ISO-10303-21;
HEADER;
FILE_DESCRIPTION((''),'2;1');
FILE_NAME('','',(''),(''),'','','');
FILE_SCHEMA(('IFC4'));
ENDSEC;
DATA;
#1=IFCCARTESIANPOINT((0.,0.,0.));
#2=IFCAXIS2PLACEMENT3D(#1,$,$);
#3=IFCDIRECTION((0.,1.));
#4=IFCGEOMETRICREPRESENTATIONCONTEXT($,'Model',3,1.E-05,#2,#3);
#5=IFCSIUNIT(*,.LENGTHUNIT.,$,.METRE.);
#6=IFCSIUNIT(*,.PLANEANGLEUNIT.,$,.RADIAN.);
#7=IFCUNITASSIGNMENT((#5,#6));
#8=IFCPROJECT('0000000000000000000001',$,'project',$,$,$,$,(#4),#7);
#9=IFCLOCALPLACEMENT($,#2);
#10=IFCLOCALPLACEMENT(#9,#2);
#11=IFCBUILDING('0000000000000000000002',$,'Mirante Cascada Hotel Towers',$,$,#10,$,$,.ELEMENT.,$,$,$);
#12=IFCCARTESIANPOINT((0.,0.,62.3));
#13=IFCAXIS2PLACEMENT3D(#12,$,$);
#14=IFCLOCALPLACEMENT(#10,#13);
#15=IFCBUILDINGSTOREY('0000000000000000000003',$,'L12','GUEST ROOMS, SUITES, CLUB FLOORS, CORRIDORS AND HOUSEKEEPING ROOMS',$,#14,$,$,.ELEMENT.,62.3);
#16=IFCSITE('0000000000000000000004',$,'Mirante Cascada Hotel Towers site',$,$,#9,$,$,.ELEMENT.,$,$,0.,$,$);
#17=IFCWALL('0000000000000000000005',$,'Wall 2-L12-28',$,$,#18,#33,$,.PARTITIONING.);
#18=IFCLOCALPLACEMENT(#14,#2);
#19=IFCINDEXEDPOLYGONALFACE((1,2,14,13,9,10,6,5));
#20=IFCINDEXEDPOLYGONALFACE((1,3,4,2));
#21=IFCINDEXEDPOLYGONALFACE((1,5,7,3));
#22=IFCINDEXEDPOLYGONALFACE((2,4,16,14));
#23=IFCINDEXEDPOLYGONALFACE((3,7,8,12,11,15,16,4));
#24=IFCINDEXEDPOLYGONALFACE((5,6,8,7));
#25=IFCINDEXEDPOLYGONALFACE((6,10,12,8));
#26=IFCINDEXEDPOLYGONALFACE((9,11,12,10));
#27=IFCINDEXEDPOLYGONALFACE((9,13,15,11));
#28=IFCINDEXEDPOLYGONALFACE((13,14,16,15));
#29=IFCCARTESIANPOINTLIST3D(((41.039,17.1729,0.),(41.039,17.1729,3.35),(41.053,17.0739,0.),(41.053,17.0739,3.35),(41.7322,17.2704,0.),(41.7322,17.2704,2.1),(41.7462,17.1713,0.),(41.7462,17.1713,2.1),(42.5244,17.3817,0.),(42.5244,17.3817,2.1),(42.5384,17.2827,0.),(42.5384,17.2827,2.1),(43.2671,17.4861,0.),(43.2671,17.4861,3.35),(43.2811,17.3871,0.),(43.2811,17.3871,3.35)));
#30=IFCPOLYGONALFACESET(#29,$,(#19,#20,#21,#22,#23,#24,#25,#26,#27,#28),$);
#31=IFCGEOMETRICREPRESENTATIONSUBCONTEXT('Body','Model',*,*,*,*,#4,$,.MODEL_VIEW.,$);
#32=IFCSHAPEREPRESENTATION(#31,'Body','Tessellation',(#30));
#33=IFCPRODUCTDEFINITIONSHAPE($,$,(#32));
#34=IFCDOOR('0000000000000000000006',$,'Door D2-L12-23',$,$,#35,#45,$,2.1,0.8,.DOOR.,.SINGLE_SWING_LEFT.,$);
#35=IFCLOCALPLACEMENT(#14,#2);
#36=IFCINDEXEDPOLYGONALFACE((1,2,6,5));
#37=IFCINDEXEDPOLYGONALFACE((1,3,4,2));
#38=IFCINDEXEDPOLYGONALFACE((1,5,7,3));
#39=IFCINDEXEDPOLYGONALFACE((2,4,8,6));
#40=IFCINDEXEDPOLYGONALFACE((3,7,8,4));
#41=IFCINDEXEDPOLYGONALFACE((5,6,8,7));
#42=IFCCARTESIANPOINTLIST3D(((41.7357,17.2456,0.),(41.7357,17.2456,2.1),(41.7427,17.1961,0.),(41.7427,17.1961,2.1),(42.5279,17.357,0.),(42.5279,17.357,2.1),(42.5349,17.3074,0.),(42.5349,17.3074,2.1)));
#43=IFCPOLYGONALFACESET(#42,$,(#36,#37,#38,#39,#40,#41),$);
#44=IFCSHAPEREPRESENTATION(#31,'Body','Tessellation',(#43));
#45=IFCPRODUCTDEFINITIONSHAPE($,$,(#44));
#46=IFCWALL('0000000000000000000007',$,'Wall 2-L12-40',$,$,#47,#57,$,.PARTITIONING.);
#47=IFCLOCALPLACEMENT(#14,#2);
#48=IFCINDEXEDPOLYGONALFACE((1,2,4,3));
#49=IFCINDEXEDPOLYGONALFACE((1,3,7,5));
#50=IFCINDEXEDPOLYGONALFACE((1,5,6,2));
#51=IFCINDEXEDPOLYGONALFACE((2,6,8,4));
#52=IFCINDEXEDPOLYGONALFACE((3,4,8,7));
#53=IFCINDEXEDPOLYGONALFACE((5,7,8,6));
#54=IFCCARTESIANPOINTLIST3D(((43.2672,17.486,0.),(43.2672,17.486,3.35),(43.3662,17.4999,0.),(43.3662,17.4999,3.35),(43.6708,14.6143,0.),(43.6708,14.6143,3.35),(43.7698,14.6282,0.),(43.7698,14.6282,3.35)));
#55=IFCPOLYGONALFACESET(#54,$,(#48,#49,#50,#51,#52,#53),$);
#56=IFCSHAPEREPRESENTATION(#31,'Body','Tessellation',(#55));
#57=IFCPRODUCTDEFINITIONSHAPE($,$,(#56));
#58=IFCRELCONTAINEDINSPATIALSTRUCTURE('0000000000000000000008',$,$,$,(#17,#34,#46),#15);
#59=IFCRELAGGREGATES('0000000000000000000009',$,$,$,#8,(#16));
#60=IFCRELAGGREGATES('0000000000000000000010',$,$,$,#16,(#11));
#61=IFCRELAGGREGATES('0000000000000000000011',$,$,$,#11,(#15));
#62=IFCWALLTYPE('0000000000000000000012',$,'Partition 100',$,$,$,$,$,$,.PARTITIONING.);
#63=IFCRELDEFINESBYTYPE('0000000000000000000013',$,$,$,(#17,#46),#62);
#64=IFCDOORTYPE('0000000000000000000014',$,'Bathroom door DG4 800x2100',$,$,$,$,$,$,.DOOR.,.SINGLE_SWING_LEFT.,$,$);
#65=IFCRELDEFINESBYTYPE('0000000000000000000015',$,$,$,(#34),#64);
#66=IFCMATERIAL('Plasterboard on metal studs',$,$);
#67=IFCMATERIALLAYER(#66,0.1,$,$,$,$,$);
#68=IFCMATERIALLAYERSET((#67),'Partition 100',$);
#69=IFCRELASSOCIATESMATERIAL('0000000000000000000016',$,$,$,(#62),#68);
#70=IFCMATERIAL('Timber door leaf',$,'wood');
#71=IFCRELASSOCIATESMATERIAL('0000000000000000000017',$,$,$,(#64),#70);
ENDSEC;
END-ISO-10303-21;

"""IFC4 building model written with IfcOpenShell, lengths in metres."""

from ifc_helpers import new_model, si_unit, direction, frame, frame_2d, origin, place, context, subcontext, project, spatial, rectangle, extrude, material, layer, layer_set, type_object, element, fill, save


model = new_model("IFC4")

# Units and contexts
model_context = context("Model", 3, precision=1e-05, world=origin(), true_north=direction((0.0, 1.0)))
body_context = subcontext(model_context, "Body", "Model", "MODEL_VIEW")
ifc_project = project(units=[si_unit("LENGTHUNIT", "METRE"), si_unit("PLANEANGLEUNIT", "RADIAN")], contexts=[model_context])

# Site, building, storey
site_placement = place(None, origin())
site = spatial("IfcSite", under=ifc_project, at=site_placement, Name="Mirante Cascada Hotel Towers site", CompositionType="ELEMENT", RefElevation=0.0)
building_placement = place(site_placement, origin())
building = spatial("IfcBuilding", under=site, at=building_placement, Name="Mirante Cascada Hotel Towers", CompositionType="ELEMENT")
storey_placement = place(building_placement, frame((0.0, 0.0, 62.3)))
storey = spatial("IfcBuildingStorey", under=building, at=storey_placement, Name="L12", Description="GUEST ROOMS, SUITES, CLUB FLOORS, CORRIDORS AND HOUSEKEEPING ROOMS", CompositionType="ELEMENT", Elevation=62.3)

# Wall, opening, door
ifc_material_1 = material(Name="Plasterboard on metal studs")
ifc_layer_1 = layer(ifc_material_1, 0.1)
ifc_layer_set_1 = layer_set([ifc_layer_1], Name="Partition 100")
wall_type_1 = type_object("IfcWallType", Name="Partition 100", PredefinedType="PARTITIONING", material=ifc_layer_set_1)
wall_1_placement = place(storey_placement, frame((43.2741, 17.4366, 0.0), z_axis=(0.0, 0.0, 1.0), x_axis=(-0.990264, -0.1392, 0.0)))
wall_1 = element("IfcWall", 1, at=wall_1_placement, inside=storey, type_object=wall_type_1, Name="Wall 2-L12-28", PredefinedType="PARTITIONING", context=body_context, shape_type="SweptSolid", body=[
    extrude(rectangle(XDim=2.25, YDim=0.1, at=frame_2d((1.125, 0.0))), origin(), (0.0, 0.0, 1.0), 3.35),
])
opening_placement = place(wall_1_placement, frame((0.75, 0.0, 0.0)))
opening = element("IfcOpeningElement", 2, at=opening_placement, cuts=wall_1, PredefinedType="OPENING", context=body_context, shape_type="SweptSolid", body=[
    extrude(rectangle(XDim=0.8, YDim=2.1, at=frame_2d((0.4, 1.05))), frame((0.0, 0.05, 0.0), z_axis=(0.0, -1.0, 0.0), x_axis=(1.0, 0.0, 0.0)), (0.0, 0.0, 1.0), 0.1),
])
ifc_material_2 = material(Name="Timber door leaf", Category="wood")
door_type = type_object("IfcDoorType", Name="Bathroom door DG4 800x2100", OperationType="SINGLE_SWING_LEFT", PredefinedType="DOOR", material=ifc_material_2)
door_placement = place(opening_placement, origin())
door = element("IfcDoor", 3, at=door_placement, inside=storey, type_object=door_type, Name="Door D2-L12-23", OperationType="SINGLE_SWING_LEFT", OverallHeight=2.1, OverallWidth=0.8, PredefinedType="DOOR", context=body_context, shape_type="SweptSolid", body=[
    extrude(rectangle(XDim=0.8, YDim=2.1, at=frame_2d((0.4, 1.05))), frame((0.0, 0.025, 0.0), z_axis=(0.0, -1.0, 0.0), x_axis=(1.0, 0.0, 0.0)), (0.0, 0.0, 1.0), 0.05),
])
fill(opening, door)

# Wall
wall_2_placement = place(storey_placement, frame((43.3167, 17.493, 0.0), z_axis=(0.0, 0.0, 1.0), x_axis=(0.139176, -0.990268, 0.0)))
element("IfcWall", 4, at=wall_2_placement, inside=storey, type_object=wall_type_1, Name="Wall 2-L12-40", PredefinedType="PARTITIONING", context=body_context, shape_type="SweptSolid", body=[
    extrude(rectangle(XDim=2.8999, YDim=0.1, at=frame_2d((1.45, 0.0))), origin(), (0.0, 0.0, 1.0), 3.35),
])

save(model, "model.ifc")
